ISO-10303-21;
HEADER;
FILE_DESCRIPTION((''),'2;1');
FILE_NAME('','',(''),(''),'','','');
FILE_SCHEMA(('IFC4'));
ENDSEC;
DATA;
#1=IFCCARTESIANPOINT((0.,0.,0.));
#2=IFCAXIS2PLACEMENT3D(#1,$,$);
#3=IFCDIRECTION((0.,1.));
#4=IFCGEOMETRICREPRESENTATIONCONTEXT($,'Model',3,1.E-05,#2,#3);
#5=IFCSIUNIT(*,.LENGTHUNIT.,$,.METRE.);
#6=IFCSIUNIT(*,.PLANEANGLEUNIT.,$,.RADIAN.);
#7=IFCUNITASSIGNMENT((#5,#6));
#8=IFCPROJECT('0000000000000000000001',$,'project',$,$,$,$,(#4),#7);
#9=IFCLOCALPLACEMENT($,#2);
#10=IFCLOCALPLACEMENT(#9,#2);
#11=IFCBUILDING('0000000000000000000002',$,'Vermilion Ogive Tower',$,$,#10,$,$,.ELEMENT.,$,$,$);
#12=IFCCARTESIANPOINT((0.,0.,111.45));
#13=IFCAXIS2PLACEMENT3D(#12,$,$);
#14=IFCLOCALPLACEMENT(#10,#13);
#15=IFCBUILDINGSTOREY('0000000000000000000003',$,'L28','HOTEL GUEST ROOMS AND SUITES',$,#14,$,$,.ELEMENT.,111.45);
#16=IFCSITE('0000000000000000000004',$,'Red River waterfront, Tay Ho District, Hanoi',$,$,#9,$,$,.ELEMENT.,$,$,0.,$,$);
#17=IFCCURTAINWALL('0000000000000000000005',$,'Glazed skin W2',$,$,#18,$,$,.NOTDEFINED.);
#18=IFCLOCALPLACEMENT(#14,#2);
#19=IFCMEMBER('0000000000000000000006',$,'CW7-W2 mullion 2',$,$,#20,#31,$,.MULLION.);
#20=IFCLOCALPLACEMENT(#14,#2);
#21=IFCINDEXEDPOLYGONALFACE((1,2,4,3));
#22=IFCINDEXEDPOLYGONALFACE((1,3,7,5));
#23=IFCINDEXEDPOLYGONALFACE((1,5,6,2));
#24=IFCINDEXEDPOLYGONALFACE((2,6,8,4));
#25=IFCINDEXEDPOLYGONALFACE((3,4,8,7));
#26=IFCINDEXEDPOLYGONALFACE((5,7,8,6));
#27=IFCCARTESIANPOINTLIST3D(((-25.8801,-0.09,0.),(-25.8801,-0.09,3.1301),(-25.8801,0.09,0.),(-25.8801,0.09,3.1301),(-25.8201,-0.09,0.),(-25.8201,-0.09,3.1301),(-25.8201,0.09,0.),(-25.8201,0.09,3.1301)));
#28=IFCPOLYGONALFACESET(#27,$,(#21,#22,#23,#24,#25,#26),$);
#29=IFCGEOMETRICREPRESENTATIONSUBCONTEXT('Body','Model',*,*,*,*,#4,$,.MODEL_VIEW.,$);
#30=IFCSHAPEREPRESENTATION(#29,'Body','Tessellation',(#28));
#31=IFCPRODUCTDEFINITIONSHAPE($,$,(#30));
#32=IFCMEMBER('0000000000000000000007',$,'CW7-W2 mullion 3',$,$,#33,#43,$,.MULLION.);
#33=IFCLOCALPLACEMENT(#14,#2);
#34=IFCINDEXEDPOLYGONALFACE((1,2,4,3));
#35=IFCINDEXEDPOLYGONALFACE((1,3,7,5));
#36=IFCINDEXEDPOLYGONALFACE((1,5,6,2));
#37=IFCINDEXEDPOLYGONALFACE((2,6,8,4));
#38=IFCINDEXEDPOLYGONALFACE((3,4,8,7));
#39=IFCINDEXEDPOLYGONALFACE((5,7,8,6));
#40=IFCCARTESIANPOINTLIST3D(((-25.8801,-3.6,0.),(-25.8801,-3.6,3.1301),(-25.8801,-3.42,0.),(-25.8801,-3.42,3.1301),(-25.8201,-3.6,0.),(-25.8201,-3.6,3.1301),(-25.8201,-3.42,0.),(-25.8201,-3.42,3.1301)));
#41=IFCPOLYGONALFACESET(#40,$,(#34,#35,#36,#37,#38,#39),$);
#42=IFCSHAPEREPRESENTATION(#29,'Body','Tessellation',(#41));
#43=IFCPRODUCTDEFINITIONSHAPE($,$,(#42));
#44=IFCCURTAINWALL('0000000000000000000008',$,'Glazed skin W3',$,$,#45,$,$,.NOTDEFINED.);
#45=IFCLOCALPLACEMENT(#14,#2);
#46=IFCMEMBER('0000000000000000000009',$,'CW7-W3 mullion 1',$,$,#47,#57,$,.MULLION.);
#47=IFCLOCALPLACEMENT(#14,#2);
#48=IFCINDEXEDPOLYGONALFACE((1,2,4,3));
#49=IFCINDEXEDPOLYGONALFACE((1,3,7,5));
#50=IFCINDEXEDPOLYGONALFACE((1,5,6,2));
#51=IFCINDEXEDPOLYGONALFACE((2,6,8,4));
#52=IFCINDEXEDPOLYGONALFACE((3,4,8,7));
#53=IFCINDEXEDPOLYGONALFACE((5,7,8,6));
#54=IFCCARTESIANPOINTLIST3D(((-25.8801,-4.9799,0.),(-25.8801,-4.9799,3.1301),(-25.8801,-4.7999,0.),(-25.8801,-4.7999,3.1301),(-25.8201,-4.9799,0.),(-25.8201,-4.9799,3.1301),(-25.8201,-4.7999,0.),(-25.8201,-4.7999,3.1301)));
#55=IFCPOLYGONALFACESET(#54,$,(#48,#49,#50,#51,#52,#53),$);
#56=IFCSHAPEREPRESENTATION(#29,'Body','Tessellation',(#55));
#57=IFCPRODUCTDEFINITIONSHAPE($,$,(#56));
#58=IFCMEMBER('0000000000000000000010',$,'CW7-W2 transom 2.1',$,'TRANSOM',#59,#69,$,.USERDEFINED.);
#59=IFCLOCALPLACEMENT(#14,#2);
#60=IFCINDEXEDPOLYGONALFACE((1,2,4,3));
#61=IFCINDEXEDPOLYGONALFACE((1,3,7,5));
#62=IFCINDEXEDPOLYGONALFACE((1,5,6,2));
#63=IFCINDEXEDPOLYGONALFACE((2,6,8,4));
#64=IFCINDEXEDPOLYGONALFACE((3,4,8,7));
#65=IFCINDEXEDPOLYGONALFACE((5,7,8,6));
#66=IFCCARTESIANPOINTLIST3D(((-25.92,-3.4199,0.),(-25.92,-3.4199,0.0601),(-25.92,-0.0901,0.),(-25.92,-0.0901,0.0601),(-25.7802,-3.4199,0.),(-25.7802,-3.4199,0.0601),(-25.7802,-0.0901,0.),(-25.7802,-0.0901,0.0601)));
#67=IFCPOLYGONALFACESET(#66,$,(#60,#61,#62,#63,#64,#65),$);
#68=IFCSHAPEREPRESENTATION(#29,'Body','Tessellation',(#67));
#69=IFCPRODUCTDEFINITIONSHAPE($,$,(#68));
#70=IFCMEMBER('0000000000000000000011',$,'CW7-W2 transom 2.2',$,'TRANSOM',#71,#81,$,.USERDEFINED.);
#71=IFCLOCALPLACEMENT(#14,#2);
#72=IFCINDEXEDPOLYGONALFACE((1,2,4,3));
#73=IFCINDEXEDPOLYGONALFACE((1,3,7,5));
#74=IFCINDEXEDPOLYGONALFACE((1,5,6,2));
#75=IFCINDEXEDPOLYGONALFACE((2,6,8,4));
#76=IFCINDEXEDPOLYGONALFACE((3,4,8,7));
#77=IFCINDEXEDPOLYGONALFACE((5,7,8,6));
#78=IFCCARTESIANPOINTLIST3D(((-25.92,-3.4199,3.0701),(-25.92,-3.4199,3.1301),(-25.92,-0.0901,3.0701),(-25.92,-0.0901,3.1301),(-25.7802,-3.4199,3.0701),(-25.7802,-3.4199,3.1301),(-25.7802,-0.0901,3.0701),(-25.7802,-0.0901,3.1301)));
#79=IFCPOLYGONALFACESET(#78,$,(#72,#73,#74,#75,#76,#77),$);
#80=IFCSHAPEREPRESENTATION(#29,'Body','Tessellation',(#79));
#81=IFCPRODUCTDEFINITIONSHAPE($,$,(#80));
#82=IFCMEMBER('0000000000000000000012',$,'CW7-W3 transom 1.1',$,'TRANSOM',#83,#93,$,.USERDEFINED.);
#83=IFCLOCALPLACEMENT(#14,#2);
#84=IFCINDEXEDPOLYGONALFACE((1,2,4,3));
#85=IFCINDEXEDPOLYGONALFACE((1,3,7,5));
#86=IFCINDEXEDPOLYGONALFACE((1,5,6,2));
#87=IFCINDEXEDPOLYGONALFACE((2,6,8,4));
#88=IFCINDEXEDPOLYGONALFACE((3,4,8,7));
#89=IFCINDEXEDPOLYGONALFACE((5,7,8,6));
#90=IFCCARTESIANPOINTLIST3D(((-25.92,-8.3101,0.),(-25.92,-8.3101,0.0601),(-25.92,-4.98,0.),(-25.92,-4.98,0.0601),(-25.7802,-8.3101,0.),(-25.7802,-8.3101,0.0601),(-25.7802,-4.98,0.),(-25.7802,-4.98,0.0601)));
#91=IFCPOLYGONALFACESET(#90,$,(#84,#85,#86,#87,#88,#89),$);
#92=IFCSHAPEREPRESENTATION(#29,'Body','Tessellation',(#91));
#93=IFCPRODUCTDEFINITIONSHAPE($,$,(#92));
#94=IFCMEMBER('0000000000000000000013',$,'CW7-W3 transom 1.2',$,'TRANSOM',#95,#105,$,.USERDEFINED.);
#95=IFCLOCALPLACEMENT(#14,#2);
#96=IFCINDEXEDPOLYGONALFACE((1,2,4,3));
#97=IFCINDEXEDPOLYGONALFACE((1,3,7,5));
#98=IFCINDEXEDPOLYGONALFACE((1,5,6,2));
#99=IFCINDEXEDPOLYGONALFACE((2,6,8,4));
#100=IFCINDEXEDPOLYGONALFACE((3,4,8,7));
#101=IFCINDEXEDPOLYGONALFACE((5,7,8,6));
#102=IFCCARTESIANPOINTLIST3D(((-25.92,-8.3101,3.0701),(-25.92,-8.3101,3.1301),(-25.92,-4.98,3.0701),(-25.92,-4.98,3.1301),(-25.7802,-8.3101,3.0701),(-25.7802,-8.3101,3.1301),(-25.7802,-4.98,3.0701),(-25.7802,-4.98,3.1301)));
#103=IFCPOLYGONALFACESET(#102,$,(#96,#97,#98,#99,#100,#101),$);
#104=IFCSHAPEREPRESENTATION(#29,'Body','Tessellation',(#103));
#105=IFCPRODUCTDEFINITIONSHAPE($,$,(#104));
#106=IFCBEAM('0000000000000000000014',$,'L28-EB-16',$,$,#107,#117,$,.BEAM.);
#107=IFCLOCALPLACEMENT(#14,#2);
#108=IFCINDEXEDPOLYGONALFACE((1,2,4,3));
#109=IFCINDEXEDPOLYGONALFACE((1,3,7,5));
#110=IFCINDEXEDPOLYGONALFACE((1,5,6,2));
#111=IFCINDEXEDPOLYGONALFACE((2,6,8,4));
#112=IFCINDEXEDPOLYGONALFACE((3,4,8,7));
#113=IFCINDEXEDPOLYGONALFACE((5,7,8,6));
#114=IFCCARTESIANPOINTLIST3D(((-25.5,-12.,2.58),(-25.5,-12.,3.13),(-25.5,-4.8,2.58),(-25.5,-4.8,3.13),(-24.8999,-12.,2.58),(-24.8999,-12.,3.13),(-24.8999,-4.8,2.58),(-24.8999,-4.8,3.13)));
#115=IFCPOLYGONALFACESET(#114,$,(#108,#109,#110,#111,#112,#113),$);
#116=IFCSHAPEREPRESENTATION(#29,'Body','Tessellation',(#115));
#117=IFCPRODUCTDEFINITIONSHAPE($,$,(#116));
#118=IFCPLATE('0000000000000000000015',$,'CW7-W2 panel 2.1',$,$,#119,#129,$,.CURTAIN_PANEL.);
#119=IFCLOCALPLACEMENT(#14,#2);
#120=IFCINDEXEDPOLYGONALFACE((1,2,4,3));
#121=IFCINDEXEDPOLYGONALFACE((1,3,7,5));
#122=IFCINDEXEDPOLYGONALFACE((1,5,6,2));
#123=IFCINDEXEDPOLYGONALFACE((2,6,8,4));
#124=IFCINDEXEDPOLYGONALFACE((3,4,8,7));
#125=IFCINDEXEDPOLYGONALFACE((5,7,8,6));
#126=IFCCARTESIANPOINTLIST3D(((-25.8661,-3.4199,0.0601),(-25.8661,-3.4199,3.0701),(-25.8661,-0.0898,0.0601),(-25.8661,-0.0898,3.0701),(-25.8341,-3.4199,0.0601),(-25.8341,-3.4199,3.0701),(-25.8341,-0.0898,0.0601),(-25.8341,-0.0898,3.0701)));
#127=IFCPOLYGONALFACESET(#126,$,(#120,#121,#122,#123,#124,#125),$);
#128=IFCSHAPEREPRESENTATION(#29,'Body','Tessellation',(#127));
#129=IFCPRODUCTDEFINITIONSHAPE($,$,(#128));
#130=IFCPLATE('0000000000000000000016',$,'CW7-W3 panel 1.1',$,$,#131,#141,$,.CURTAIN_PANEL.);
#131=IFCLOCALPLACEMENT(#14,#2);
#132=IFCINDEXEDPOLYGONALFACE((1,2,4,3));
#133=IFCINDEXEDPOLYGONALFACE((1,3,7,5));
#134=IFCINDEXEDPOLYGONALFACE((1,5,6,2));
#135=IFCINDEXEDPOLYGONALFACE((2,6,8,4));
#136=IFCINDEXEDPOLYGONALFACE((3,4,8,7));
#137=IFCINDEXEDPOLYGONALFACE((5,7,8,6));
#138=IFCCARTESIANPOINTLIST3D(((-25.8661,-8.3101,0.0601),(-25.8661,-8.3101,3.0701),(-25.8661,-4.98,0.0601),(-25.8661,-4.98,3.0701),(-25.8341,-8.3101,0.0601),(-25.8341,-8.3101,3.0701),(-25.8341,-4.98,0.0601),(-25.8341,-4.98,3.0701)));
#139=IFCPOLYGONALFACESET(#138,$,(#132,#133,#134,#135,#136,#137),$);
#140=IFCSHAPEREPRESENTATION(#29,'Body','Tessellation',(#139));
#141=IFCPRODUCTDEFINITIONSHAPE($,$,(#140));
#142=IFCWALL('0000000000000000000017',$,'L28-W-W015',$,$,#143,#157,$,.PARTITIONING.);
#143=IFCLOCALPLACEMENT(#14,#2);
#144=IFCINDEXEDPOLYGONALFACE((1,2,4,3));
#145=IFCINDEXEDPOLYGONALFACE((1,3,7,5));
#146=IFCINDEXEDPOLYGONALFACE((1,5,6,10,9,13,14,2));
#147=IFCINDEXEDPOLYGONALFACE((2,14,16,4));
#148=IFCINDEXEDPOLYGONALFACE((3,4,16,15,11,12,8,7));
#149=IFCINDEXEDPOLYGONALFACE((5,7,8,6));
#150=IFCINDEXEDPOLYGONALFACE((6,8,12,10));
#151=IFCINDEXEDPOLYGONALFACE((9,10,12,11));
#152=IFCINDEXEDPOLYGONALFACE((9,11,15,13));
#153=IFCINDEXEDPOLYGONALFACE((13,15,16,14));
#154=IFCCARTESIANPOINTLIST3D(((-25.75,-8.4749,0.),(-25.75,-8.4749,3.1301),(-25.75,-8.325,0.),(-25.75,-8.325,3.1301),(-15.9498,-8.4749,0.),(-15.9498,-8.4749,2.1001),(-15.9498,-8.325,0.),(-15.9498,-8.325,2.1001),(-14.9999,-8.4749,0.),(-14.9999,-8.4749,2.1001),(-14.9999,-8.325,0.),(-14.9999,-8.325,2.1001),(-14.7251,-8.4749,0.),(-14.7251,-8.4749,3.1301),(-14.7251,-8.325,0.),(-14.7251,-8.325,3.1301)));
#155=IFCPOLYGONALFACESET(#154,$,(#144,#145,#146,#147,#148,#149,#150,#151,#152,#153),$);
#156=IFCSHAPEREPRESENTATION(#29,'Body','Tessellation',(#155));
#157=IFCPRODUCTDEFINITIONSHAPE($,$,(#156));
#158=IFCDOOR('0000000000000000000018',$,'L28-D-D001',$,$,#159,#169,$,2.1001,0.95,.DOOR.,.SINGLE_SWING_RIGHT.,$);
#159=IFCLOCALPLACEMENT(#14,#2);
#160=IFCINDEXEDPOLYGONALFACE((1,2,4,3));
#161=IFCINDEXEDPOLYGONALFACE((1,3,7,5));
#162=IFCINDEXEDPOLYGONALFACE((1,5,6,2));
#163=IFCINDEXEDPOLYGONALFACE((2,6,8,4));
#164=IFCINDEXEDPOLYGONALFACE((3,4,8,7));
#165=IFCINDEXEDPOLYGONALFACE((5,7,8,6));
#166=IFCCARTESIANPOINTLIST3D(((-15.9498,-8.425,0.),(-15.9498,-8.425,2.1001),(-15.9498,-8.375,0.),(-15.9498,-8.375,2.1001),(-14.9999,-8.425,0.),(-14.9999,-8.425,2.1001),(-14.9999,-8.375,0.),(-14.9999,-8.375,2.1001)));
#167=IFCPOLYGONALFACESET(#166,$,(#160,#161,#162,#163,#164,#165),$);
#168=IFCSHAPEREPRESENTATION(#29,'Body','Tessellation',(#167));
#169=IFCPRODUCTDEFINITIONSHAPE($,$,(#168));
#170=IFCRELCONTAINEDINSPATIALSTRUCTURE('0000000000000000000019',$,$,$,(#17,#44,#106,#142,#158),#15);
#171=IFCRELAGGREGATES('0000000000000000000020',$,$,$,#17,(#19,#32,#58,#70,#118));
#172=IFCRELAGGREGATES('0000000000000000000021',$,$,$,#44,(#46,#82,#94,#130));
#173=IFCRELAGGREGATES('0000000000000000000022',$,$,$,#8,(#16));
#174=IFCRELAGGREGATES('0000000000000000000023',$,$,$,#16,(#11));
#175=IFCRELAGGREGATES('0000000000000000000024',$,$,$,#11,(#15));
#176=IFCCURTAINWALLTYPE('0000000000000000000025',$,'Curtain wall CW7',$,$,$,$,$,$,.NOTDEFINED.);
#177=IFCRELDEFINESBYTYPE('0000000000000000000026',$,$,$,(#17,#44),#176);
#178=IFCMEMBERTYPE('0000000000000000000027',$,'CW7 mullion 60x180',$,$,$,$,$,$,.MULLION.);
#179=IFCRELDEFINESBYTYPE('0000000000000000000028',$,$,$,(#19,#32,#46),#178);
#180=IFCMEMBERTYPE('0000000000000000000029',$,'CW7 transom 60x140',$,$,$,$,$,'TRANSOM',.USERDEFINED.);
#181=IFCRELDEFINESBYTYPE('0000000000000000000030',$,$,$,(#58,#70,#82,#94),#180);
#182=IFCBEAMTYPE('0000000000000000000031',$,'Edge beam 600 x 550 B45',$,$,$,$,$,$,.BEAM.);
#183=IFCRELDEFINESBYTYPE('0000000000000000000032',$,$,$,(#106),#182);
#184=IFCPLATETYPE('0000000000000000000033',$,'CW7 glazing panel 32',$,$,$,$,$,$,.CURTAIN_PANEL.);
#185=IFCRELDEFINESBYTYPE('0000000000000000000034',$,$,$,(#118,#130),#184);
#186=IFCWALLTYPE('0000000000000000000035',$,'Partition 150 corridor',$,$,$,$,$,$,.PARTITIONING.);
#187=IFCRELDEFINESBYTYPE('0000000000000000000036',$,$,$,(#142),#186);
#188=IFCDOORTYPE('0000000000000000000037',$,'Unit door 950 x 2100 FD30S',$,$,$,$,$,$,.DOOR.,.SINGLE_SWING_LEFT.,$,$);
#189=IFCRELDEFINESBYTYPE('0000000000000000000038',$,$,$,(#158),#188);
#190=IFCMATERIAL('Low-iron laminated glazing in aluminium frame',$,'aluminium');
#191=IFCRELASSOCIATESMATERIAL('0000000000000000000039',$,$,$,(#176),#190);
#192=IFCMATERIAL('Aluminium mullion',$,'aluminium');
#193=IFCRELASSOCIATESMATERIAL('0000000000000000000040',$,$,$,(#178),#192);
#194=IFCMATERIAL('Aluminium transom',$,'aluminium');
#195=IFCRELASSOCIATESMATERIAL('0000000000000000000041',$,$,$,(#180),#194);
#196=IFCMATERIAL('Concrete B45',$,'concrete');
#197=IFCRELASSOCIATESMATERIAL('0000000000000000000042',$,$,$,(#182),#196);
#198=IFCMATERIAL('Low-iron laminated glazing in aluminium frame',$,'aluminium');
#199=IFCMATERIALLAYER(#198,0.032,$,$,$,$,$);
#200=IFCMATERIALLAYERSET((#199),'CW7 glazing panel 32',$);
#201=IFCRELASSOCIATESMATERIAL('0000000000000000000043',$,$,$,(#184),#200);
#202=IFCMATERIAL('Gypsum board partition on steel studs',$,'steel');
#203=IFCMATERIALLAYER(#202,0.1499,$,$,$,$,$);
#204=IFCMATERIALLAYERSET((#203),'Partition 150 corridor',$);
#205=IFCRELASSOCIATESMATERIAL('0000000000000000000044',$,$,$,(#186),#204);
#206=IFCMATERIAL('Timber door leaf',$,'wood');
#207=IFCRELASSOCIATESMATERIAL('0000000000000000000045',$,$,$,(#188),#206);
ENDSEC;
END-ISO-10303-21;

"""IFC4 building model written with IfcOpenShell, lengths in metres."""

from ifc_helpers import new_model, si_unit, direction, frame, frame_2d, origin, origin_2d, place, context, subcontext, project, spatial, rectangle, extrude, material, layer, layer_set, material_profile, profile_set, type_object, element, fill, aggregate, save


model = new_model("IFC4")

# Units and contexts
model_context = context("Model", 3, precision=1e-05, world=origin(), true_north=direction((0.0, 1.0)))
body_context = subcontext(model_context, "Body", "Model", "MODEL_VIEW")
ifc_project = project(units=[si_unit("LENGTHUNIT", "METRE"), si_unit("PLANEANGLEUNIT", "RADIAN")], contexts=[model_context])

# Site, building, storey
site_placement = place(None, origin())
site = spatial("IfcSite", under=ifc_project, at=site_placement, Name="Red River waterfront, Tay Ho District, Hanoi", CompositionType="ELEMENT", RefElevation=0.0)
building_placement = place(site_placement, origin())
building = spatial("IfcBuilding", under=site, at=building_placement, Name="Vermilion Ogive Tower", CompositionType="ELEMENT")
storey_placement = place(building_placement, frame((0.0, 0.0, 111.45)))
storey = spatial("IfcBuildingStorey", under=building, at=storey_placement, Name="L28", Description="HOTEL GUEST ROOMS AND SUITES", CompositionType="ELEMENT", Elevation=111.45)

# Curtain wall, members
ifc_material_1 = material(Name="Low-iron laminated glazing in aluminium frame", Category="aluminium")
curtain_wall_type = type_object("IfcCurtainWallType", Name="Curtain wall CW7", PredefinedType="NOTDEFINED", material=ifc_material_1)
curtain_wall_1_placement = place(storey_placement, origin())
curtain_wall_1 = element("IfcCurtainWall", 1, at=curtain_wall_1_placement, inside=storey, type_object=curtain_wall_type, Name="Glazed skin W2", PredefinedType="NOTDEFINED")
ifc_material_2 = material(Name="Aluminium mullion", Category="aluminium")
ifc_material_profile_1 = material_profile(ifc_material_2, rectangle(XDim=0.0601, YDim=0.1799, at=origin_2d()), Name="AL 60x180")
ifc_profile_set_1 = profile_set([ifc_material_profile_1], Name="Aluminium mullion")
member_type_1 = type_object("IfcMemberType", Name="CW7 mullion 60x180", PredefinedType="MULLION", material=ifc_profile_set_1)
member_1_placement = place(storey_placement, frame((-25.8501, 0.0, 0.0), z_axis=(0.0, 0.0, 1.0), x_axis=(1.0, 0.0, 0.0)))
member_1 = element("IfcMember", 2, at=member_1_placement, type_object=member_type_1, Name="CW7-W2 mullion 2", PredefinedType="MULLION", context=body_context, shape_type="SweptSolid", body=[
    extrude(rectangle(XDim=0.0601, YDim=0.1799, at=origin_2d()), origin(), (0.0, 0.0, 1.0), 3.1301),
])
member_2_placement = place(storey_placement, frame((-25.8501, -3.51, 0.0), z_axis=(0.0, 0.0, 1.0), x_axis=(1.0, 0.0, 0.0)))
member_2 = element("IfcMember", 3, at=member_2_placement, type_object=member_type_1, Name="CW7-W2 mullion 3", PredefinedType="MULLION", context=body_context, shape_type="SweptSolid", body=[
    extrude(rectangle(XDim=0.0601, YDim=0.1799, at=origin_2d()), origin(), (0.0, 0.0, 1.0), 3.1301),
])

# Curtain wall, member
curtain_wall_2_placement = place(storey_placement, origin())
curtain_wall_2 = element("IfcCurtainWall", 4, at=curtain_wall_2_placement, inside=storey, type_object=curtain_wall_type, Name="Glazed skin W3", PredefinedType="NOTDEFINED")
member_3_placement = place(storey_placement, frame((-25.8501, -4.8899, 0.0), z_axis=(0.0, 0.0, 1.0), x_axis=(1.0, 0.0, 0.0)))
member_3 = element("IfcMember", 5, at=member_3_placement, type_object=member_type_1, Name="CW7-W3 mullion 1", PredefinedType="MULLION", context=body_context, shape_type="SweptSolid", body=[
    extrude(rectangle(XDim=0.0601, YDim=0.1799, at=origin_2d()), origin(), (0.0, 0.0, 1.0), 3.1301),
])

# Members
ifc_material_3 = material(Name="Aluminium transom", Category="aluminium")
ifc_material_profile_2 = material_profile(ifc_material_3, rectangle(XDim=0.1399, YDim=0.0601, at=origin_2d()), Name="AL 60x140")
ifc_profile_set_2 = profile_set([ifc_material_profile_2], Name="Aluminium transom")
member_type_2 = type_object("IfcMemberType", Name="CW7 transom 60x140", ElementType="TRANSOM", PredefinedType="USERDEFINED", material=ifc_profile_set_2)
member_4_placement = place(storey_placement, frame((-25.8501, -0.0901, 0.03), z_axis=(0.0, -1.0, 0.0), x_axis=(1.0, 0.0, 0.0)))
member_4 = element("IfcMember", 6, at=member_4_placement, type_object=member_type_2, Name="CW7-W2 transom 2.1", ObjectType="TRANSOM", PredefinedType="USERDEFINED", context=body_context, shape_type="SweptSolid", body=[
    extrude(rectangle(XDim=0.1399, YDim=0.0601, at=origin_2d()), origin(), (0.0, 0.0, 1.0), 3.3298),
])
member_5_placement = place(storey_placement, frame((-25.8501, -0.0901, 3.1001), z_axis=(0.0, -1.0, 0.0), x_axis=(1.0, 0.0, 0.0)))
member_5 = element("IfcMember", 7, at=member_5_placement, type_object=member_type_2, Name="CW7-W2 transom 2.2", ObjectType="TRANSOM", PredefinedType="USERDEFINED", context=body_context, shape_type="SweptSolid", body=[
    extrude(rectangle(XDim=0.1399, YDim=0.0601, at=origin_2d()), origin(), (0.0, 0.0, 1.0), 3.3298),
])
member_6_placement = place(storey_placement, frame((-25.8501, -4.98, 0.03), z_axis=(0.0, -1.0, 0.0), x_axis=(1.0, 0.0, 0.0)))
member_6 = element("IfcMember", 8, at=member_6_placement, type_object=member_type_2, Name="CW7-W3 transom 1.1", ObjectType="TRANSOM", PredefinedType="USERDEFINED", context=body_context, shape_type="SweptSolid", body=[
    extrude(rectangle(XDim=0.1399, YDim=0.0601, at=origin_2d()), origin(), (0.0, 0.0, 1.0), 3.3301),
])
member_7_placement = place(storey_placement, frame((-25.8501, -4.98, 3.1001), z_axis=(0.0, -1.0, 0.0), x_axis=(1.0, 0.0, 0.0)))
member_7 = element("IfcMember", 9, at=member_7_placement, type_object=member_type_2, Name="CW7-W3 transom 1.2", ObjectType="TRANSOM", PredefinedType="USERDEFINED", context=body_context, shape_type="SweptSolid", body=[
    extrude(rectangle(XDim=0.1399, YDim=0.0601, at=origin_2d()), origin(), (0.0, 0.0, 1.0), 3.3301),
])

# Beam
ifc_material_4 = material(Name="Concrete B45", Category="concrete")
ifc_material_profile_3 = material_profile(ifc_material_4, rectangle(XDim=0.6001, YDim=0.55, at=origin_2d()), Name="600 x 550")
ifc_profile_set_3 = profile_set([ifc_material_profile_3], Name="Concrete B45")
beam_type = type_object("IfcBeamType", Name="Edge beam 600 x 550 B45", PredefinedType="BEAM", material=ifc_profile_set_3)
beam_placement = place(storey_placement, frame((-25.2, -4.8, 2.855), z_axis=(0.0, -1.0, 0.0), x_axis=(1.0, 0.0, 0.0)))
element("IfcBeam", 10, at=beam_placement, inside=storey, type_object=beam_type, Name="L28-EB-16", PredefinedType="BEAM", context=body_context, shape_type="SweptSolid", body=[
    extrude(rectangle(XDim=0.6001, YDim=0.55, at=origin_2d()), origin(), (0.0, 0.0, 1.0), 7.2),
])

# Plates
ifc_material_5 = material(Name="Low-iron laminated glazing in aluminium frame", Category="aluminium")
ifc_layer_1 = layer(ifc_material_5, 0.032)
ifc_layer_set_1 = layer_set([ifc_layer_1], Name="CW7 glazing panel 32")
plate_type = type_object("IfcPlateType", Name="CW7 glazing panel 32", PredefinedType="CURTAIN_PANEL", material=ifc_layer_set_1)
plate_1_placement = place(storey_placement, frame((-25.8501, -1.7549, 0.0601), z_axis=(0.0, 0.0, 1.0), x_axis=(0.0, -1.0, 0.0)))
plate_1 = element("IfcPlate", 11, at=plate_1_placement, type_object=plate_type, Name="CW7-W2 panel 2.1", PredefinedType="CURTAIN_PANEL", context=body_context, shape_type="SweptSolid", body=[
    extrude(rectangle(XDim=3.3301, YDim=0.032, at=origin_2d()), origin(), (0.0, 0.0, 1.0), 3.01),
])
aggregate(curtain_wall_1, [member_1, member_2, member_4, member_5, plate_1])
plate_2_placement = place(storey_placement, frame((-25.8501, -6.645, 0.0601), z_axis=(0.0, 0.0, 1.0), x_axis=(0.0, -1.0, 0.0)))
plate_2 = element("IfcPlate", 12, at=plate_2_placement, type_object=plate_type, Name="CW7-W3 panel 1.1", PredefinedType="CURTAIN_PANEL", context=body_context, shape_type="SweptSolid", body=[
    extrude(rectangle(XDim=3.3301, YDim=0.032, at=origin_2d()), origin(), (0.0, 0.0, 1.0), 3.01),
])
aggregate(curtain_wall_2, [member_3, member_6, member_7, plate_2])

# Wall, opening, door
ifc_material_6 = material(Name="Gypsum board partition on steel studs", Category="steel")
ifc_layer_2 = layer(ifc_material_6, 0.1499)
ifc_layer_set_2 = layer_set([ifc_layer_2], Name="Partition 150 corridor")
wall_type_1 = type_object("IfcWallType", Name="Partition 150 corridor", PredefinedType="PARTITIONING", material=ifc_layer_set_2)
wall_1_placement = place(storey_placement, frame((-25.75, -8.3999, 0.0), z_axis=(0.0, 0.0, 1.0), x_axis=(1.0, 0.0, 0.0)))
wall_1 = element("IfcWall", 13, at=wall_1_placement, inside=storey, type_object=wall_type_1, Name="L28-W-W015", PredefinedType="PARTITIONING", context=body_context, shape_type="SweptSolid", body=[
    extrude(rectangle(XDim=11.0249, YDim=0.1499, at=frame_2d((5.5125, 0.0))), origin(), (0.0, 0.0, 1.0), 3.1301),
])
opening_1_placement = place(wall_1_placement, frame((9.8, 0.0, 0.0)))
opening_1 = element("IfcOpeningElement", 14, at=opening_1_placement, cuts=wall_1, PredefinedType="OPENING", context=body_context, shape_type="SweptSolid", body=[
    extrude(rectangle(XDim=0.95, YDim=2.1001, at=frame_2d((0.4751, 1.05))), frame((0.0, 0.085, 0.0), z_axis=(0.0, -1.0, 0.0), x_axis=(1.0, 0.0, 0.0)), (0.0, 0.0, 1.0), 0.1699),
])
ifc_material_7 = material(Name="Timber door leaf", Category="wood")
door_type_1 = type_object("IfcDoorType", Name="Unit door 950 x 2100 FD30S", OperationType="SINGLE_SWING_LEFT", PredefinedType="DOOR", material=ifc_material_7)
door_1_placement = place(opening_1_placement, origin())
door_1 = element("IfcDoor", 15, at=door_1_placement, inside=storey, type_object=door_type_1, Name="L28-D-D001", OperationType="SINGLE_SWING_RIGHT", OverallHeight=2.1001, OverallWidth=0.95, PredefinedType="DOOR", context=body_context, shape_type="SweptSolid", body=[
    extrude(rectangle(XDim=0.95, YDim=2.1001, at=frame_2d((0.4751, 1.05))), frame((0.0, 0.0249, 0.0), z_axis=(0.0, -1.0, 0.0), x_axis=(1.0, 0.0, 0.0)), (0.0, 0.0, 1.0), 0.05),
])
fill(opening_1, door_1)

save(model, "model.ifc")
